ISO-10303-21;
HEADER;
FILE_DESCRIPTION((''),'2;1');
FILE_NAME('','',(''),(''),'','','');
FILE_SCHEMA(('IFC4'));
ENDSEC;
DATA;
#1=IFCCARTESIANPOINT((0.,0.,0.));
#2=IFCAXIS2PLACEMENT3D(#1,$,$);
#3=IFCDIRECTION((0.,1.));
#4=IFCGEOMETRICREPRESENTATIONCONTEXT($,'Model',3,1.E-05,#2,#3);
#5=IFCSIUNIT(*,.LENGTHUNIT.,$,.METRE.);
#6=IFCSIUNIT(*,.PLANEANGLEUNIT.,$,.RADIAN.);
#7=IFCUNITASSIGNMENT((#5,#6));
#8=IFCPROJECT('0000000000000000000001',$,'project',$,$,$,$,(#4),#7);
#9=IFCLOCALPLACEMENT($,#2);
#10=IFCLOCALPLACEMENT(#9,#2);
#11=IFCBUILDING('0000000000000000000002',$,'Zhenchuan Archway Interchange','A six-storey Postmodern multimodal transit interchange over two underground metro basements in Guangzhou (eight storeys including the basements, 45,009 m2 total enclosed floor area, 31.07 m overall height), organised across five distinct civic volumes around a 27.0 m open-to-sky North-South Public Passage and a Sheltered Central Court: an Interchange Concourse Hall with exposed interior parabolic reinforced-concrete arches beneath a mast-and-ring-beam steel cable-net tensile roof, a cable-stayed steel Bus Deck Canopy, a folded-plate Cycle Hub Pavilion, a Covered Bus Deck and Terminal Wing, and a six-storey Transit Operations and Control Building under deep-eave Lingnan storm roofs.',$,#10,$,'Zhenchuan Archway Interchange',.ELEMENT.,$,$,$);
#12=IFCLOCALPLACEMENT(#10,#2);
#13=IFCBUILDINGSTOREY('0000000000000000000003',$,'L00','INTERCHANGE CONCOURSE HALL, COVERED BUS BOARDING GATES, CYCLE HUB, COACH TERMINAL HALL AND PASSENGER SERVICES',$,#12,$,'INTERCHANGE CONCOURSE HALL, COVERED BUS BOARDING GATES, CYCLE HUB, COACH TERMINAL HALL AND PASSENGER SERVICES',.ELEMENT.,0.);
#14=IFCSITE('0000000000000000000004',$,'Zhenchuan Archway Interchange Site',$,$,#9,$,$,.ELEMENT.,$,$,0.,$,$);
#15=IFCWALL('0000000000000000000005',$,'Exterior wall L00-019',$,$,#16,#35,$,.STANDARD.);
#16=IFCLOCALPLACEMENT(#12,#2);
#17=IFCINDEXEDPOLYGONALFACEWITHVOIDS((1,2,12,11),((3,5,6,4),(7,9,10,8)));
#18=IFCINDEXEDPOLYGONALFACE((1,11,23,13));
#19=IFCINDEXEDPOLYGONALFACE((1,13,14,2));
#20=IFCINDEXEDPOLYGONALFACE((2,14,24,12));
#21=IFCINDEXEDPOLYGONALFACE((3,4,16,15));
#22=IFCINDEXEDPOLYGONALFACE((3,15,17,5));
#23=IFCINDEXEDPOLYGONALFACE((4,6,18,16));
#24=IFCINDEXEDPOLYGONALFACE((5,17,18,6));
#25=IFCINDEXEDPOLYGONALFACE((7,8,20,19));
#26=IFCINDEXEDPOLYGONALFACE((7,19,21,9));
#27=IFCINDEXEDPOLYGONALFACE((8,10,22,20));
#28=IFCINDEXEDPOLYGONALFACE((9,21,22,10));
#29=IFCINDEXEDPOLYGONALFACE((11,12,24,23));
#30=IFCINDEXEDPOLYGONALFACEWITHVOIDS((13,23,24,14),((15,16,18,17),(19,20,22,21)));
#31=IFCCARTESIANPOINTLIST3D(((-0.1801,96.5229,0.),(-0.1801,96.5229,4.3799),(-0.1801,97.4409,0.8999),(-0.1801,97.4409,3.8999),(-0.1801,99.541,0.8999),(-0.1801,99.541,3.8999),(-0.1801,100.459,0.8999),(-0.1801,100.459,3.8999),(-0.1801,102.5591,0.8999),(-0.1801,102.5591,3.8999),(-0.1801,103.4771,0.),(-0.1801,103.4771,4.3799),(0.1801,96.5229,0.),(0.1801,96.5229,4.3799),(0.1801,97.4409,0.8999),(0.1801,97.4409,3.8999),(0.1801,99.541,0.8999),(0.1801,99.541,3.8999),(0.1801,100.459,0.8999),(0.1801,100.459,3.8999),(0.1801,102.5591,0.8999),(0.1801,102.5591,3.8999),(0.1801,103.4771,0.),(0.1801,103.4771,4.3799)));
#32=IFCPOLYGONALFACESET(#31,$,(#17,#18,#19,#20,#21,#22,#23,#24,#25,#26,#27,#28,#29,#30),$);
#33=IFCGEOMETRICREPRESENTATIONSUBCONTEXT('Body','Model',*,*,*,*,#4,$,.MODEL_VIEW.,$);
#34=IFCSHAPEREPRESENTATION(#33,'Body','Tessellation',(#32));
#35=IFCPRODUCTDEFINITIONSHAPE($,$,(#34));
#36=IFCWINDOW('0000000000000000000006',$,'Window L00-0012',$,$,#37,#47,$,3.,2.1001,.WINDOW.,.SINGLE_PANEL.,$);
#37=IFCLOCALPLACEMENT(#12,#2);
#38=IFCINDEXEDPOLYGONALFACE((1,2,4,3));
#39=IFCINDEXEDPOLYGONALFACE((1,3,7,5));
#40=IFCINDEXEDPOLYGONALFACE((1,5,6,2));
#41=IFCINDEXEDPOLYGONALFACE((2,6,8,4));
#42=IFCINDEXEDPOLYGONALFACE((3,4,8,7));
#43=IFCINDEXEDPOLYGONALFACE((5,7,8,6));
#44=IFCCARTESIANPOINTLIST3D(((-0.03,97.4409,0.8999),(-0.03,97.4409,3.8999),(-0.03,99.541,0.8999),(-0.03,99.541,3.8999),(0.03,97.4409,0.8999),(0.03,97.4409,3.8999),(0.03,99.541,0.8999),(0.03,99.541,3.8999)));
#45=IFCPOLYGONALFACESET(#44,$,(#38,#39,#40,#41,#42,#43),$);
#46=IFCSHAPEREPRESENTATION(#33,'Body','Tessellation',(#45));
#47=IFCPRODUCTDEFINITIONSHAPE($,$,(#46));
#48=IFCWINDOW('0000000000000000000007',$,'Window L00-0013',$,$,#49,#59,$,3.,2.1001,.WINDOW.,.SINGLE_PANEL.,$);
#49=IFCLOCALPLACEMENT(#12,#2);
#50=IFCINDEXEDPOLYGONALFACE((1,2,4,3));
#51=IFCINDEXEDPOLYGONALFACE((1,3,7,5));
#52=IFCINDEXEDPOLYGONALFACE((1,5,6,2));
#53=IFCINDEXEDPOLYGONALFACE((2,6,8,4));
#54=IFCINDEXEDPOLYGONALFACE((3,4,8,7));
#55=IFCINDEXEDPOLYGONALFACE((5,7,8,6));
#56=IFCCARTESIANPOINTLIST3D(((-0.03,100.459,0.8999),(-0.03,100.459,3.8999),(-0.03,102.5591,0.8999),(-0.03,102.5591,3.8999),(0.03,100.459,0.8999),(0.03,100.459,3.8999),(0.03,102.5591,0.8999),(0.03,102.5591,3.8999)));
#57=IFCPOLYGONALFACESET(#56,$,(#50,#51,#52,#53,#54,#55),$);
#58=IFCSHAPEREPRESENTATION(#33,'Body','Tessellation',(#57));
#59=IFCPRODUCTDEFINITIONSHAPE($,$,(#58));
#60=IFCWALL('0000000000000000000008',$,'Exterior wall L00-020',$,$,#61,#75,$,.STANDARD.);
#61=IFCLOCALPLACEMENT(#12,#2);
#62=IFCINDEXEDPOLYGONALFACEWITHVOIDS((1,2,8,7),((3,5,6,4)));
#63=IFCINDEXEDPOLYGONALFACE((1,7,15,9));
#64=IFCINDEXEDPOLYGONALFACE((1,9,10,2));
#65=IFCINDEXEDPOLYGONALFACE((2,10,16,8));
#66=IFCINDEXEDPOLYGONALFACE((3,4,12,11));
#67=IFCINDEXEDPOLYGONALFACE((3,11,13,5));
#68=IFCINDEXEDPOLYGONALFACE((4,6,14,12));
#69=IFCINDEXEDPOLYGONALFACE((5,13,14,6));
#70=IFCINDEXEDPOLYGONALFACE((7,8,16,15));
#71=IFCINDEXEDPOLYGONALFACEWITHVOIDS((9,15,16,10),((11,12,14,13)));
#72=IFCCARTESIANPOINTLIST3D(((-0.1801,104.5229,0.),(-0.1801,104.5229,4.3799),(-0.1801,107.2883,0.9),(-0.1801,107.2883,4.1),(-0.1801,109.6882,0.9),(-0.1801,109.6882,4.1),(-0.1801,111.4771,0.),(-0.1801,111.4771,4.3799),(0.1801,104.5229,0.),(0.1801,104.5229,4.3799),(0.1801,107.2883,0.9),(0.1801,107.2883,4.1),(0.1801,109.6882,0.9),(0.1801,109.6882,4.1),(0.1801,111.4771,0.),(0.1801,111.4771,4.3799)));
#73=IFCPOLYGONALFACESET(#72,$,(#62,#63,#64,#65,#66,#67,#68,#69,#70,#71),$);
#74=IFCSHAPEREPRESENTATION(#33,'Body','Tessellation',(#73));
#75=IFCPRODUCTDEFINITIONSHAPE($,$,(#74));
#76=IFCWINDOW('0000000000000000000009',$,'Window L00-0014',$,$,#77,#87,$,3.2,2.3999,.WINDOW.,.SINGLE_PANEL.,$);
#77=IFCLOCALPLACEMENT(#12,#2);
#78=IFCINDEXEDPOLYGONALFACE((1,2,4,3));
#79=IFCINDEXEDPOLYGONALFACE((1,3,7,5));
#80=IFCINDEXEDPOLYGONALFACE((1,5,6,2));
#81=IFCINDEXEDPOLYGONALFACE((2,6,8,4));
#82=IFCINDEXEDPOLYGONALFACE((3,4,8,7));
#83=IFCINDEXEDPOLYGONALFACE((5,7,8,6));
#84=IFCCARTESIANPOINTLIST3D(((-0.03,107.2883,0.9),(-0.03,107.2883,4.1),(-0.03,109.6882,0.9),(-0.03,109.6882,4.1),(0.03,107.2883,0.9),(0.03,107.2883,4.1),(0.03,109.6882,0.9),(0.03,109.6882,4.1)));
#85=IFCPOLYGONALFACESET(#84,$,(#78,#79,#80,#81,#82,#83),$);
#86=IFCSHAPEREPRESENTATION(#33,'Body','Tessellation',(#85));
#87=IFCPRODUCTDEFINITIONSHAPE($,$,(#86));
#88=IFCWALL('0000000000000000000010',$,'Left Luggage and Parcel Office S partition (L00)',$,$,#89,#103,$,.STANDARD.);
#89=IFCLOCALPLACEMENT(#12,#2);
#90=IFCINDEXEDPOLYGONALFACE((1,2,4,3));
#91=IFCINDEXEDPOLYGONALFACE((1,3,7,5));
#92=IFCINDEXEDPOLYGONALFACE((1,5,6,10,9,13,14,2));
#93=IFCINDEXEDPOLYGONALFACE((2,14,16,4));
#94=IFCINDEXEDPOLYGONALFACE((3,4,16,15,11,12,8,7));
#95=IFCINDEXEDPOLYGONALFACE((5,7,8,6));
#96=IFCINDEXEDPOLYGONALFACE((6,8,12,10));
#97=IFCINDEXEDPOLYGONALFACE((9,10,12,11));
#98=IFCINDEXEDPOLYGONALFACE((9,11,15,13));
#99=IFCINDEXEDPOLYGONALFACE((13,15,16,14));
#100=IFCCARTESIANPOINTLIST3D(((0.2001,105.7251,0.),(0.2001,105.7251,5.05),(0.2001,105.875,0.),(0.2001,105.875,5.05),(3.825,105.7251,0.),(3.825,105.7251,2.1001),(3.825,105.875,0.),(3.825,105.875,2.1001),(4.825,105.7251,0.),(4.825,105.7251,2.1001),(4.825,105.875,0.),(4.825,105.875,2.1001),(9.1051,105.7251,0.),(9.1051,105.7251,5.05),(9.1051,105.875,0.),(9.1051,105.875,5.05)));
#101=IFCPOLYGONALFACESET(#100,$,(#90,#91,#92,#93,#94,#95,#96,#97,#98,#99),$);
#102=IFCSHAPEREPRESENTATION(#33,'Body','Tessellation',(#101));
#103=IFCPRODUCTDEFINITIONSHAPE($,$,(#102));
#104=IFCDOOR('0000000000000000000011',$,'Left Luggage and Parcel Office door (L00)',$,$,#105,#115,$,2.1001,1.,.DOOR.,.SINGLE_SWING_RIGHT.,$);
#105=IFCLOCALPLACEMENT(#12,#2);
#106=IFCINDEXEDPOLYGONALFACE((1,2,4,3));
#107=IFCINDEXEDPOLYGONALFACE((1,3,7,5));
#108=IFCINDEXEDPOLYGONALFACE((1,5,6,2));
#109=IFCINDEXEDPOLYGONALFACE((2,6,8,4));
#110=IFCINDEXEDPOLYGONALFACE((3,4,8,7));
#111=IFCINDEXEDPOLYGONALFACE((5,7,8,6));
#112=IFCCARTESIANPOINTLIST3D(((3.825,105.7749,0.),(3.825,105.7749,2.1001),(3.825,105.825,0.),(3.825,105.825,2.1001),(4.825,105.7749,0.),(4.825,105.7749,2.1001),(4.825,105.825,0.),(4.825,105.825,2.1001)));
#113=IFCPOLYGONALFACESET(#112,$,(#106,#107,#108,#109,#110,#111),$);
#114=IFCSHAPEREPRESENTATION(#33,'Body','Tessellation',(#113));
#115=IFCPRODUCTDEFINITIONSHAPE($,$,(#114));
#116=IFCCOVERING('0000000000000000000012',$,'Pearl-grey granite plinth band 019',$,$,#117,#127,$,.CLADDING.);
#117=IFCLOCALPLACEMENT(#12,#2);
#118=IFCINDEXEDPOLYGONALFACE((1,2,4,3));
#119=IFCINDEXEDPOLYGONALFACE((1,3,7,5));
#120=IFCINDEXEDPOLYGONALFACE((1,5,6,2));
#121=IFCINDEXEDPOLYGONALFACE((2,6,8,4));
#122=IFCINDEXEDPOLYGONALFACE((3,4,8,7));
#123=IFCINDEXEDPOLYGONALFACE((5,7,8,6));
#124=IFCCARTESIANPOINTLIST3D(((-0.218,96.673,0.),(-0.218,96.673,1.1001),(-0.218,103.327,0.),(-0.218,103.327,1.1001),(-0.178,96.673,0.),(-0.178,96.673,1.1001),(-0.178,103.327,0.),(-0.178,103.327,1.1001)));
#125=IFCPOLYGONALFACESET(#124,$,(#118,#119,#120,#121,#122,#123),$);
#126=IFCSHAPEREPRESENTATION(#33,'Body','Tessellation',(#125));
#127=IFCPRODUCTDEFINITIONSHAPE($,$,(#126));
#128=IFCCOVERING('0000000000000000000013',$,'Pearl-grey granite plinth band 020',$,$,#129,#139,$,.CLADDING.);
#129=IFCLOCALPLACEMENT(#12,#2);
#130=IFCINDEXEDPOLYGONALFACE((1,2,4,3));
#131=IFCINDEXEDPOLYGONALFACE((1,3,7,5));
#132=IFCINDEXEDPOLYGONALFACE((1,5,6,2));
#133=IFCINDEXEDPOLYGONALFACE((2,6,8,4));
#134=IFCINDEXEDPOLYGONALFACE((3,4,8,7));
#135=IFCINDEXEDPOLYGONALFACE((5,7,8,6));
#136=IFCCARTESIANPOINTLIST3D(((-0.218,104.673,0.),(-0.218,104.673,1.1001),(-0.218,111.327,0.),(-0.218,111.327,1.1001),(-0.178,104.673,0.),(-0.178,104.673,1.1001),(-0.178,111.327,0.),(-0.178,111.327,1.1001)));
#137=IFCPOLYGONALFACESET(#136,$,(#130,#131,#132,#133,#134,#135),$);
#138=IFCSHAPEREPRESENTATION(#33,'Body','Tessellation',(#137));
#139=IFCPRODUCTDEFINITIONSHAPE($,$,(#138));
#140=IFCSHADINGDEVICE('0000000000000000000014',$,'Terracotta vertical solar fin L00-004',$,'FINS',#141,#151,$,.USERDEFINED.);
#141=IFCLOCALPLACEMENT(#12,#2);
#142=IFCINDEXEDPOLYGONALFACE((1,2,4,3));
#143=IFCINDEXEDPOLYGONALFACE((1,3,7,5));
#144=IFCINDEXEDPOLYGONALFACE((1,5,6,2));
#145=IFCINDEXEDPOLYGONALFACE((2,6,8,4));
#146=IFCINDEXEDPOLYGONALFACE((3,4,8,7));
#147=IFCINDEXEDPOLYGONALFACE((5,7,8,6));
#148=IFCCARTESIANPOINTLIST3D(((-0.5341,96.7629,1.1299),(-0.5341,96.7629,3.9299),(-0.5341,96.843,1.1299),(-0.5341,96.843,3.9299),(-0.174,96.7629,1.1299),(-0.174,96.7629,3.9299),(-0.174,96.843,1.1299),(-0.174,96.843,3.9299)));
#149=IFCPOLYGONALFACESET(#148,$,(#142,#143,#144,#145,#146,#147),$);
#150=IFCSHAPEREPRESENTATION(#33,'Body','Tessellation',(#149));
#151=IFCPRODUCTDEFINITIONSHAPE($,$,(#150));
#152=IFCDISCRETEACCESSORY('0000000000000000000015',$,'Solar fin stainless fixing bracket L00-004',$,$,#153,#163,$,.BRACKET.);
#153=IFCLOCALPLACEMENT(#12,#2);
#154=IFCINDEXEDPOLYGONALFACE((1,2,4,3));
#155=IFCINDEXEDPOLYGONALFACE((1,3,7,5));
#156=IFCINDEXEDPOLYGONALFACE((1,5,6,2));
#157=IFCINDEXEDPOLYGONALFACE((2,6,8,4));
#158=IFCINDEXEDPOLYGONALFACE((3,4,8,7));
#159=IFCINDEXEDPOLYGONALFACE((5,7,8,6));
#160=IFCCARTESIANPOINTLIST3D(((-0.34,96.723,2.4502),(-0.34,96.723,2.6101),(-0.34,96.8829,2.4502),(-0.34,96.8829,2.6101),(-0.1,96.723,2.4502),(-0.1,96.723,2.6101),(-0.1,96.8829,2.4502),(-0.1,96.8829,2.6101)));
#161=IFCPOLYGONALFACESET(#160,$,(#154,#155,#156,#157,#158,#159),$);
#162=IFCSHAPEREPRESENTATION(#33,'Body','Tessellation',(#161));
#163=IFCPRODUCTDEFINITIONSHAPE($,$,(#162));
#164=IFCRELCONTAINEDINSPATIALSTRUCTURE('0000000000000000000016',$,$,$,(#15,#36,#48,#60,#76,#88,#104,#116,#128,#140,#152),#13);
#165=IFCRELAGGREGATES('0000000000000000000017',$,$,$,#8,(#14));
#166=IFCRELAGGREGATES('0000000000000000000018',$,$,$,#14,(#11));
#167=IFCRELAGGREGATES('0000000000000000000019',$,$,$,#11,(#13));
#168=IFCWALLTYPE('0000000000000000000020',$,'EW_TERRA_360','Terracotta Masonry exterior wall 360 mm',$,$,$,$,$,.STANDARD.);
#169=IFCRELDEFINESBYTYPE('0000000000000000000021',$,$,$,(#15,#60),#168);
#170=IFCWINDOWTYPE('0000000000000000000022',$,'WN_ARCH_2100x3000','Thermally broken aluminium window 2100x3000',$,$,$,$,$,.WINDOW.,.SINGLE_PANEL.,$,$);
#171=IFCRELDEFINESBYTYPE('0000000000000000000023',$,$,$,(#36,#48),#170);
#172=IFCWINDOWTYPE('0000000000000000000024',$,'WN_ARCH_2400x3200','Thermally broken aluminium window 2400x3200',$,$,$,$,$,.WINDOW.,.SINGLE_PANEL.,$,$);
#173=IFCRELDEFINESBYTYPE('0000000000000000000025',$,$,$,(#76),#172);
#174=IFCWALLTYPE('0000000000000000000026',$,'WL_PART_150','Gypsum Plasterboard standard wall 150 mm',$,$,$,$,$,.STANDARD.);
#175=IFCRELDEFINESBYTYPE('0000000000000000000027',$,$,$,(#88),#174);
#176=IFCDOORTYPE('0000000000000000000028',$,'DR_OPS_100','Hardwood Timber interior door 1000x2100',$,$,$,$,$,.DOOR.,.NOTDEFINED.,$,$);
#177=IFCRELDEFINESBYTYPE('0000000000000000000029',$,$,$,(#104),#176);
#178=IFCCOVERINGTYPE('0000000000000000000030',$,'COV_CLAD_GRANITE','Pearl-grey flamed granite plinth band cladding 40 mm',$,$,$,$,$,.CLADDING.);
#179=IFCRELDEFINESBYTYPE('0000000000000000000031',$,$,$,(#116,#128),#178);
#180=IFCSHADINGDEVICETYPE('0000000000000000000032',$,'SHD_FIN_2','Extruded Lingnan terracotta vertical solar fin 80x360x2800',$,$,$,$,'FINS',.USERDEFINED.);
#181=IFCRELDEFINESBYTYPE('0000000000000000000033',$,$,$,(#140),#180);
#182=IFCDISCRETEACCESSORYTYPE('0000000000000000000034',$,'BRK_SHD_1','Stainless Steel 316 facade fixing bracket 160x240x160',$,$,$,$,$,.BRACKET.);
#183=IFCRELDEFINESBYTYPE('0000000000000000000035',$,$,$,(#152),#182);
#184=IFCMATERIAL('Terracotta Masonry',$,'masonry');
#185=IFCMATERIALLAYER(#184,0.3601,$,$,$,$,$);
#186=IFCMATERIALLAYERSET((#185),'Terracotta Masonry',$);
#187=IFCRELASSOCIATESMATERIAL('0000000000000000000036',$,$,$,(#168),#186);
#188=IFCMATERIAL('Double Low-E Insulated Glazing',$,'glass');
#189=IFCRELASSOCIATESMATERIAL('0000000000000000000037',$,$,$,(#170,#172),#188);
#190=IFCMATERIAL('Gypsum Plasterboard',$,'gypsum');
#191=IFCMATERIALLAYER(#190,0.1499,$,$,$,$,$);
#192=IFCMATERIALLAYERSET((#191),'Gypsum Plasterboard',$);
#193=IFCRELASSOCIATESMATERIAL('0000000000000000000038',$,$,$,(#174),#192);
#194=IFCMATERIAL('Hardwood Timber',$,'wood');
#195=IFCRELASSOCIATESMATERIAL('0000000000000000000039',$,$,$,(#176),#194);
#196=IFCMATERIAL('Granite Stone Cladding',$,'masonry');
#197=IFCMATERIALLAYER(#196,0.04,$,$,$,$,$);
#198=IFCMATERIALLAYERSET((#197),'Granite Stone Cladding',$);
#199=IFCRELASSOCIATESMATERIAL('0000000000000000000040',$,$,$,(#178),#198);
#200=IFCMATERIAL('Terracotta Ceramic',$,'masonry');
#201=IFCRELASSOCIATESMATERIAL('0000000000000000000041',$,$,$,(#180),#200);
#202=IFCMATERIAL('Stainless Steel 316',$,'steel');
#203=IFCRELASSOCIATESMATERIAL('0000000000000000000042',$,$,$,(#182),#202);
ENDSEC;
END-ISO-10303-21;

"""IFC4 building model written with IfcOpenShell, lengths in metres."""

from ifc_helpers import new_model, si_unit, direction, frame, frame_2d, origin, origin_2d, place, context, subcontext, project, spatial, rectangle, extrude, material, layer, layer_set, type_object, element, fill, save


model = new_model("IFC4")

# Units and contexts
model_context = context("Model", 3, precision=1e-05, world=origin(), true_north=direction((0.0, 1.0)))
body_context = subcontext(model_context, "Body", "Model", "MODEL_VIEW")
ifc_project = project(units=[si_unit("LENGTHUNIT", "METRE"), si_unit("PLANEANGLEUNIT", "RADIAN")], contexts=[model_context])

# Site, building, storey
site_placement = place(None, origin())
site = spatial("IfcSite", under=ifc_project, at=site_placement, Name="Zhenchuan Archway Interchange Site", CompositionType="ELEMENT", RefElevation=0.0)
building_placement = place(site_placement, origin())
building = spatial("IfcBuilding", under=site, at=building_placement, Name="Zhenchuan Archway Interchange", Description="A six-storey Postmodern multimodal transit interchange over two underground metro basements in Guangzhou (eight storeys including the basements, 45,009 m2 total enclosed floor area, 31.07 m overall height), organised across five distinct civic volumes around a 27.0 m open-to-sky North-South Public Passage and a Sheltered Central Court: an Interchange Concourse Hall with exposed interior parabolic reinforced-concrete arches beneath a mast-and-ring-beam steel cable-net tensile roof, a cable-stayed steel Bus Deck Canopy, a folded-plate Cycle Hub Pavilion, a Covered Bus Deck and Terminal Wing, and a six-storey Transit Operations and Control Building under deep-eave Lingnan storm roofs.", LongName="Zhenchuan Archway Interchange", CompositionType="ELEMENT")
storey_placement = place(building_placement, origin())
storey = spatial("IfcBuildingStorey", under=building, at=storey_placement, Name="L00", Description="INTERCHANGE CONCOURSE HALL, COVERED BUS BOARDING GATES, CYCLE HUB, COACH TERMINAL HALL AND PASSENGER SERVICES", LongName="INTERCHANGE CONCOURSE HALL, COVERED BUS BOARDING GATES, CYCLE HUB, COACH TERMINAL HALL AND PASSENGER SERVICES", CompositionType="ELEMENT", Elevation=0.0)

# Wall, openings, windows
ifc_material_1 = material(Name="Terracotta Masonry", Category="masonry")
ifc_layer_1 = layer(ifc_material_1, 0.3601)
ifc_layer_set_1 = layer_set([ifc_layer_1], Name="Terracotta Masonry")
wall_type_1 = type_object("IfcWallType", Name="EW_TERRA_360", Description="Terracotta Masonry exterior wall 360 mm", PredefinedType="STANDARD", material=ifc_layer_set_1)
wall_1_placement = place(storey_placement, frame((0.0, 96.5229, 0.0), z_axis=(0.0, 0.0, 1.0), x_axis=(0.0, 1.0, 0.0)))
wall_1 = element("IfcWall", 1, at=wall_1_placement, inside=storey, type_object=wall_type_1, Name="Exterior wall L00-019", PredefinedType="STANDARD", context=body_context, shape_type="SweptSolid", body=[
    extrude(rectangle(XDim=6.9541, YDim=0.3601, at=frame_2d((3.4771, 0.0))), origin(), (0.0, 0.0, 1.0), 4.3799),
])
opening_1_placement = place(wall_1_placement, frame((0.918, 0.0, 0.8999)))
opening_1 = element("IfcOpeningElement", 2, at=opening_1_placement, cuts=wall_1, PredefinedType="OPENING", context=body_context, shape_type="SweptSolid", body=[
    extrude(rectangle(XDim=2.1001, YDim=3.0, at=frame_2d((1.05, 1.5))), frame((0.0, 0.1919, 0.0), z_axis=(0.0, -1.0, 0.0), x_axis=(1.0, 0.0, 0.0)), (0.0, 0.0, 1.0), 0.384),
])
opening_2_placement = place(wall_1_placement, frame((3.936, 0.0, 0.8999)))
opening_2 = element("IfcOpeningElement", 3, at=opening_2_placement, cuts=wall_1, PredefinedType="OPENING", context=body_context, shape_type="SweptSolid", body=[
    extrude(rectangle(XDim=2.1001, YDim=3.0, at=frame_2d((1.05, 1.5))), frame((0.0, 0.1919, 0.0), z_axis=(0.0, -1.0, 0.0), x_axis=(1.0, 0.0, 0.0)), (0.0, 0.0, 1.0), 0.384),
])
ifc_material_2 = material(Name="Double Low-E Insulated Glazing", Category="glass")
window_type_1 = type_object("IfcWindowType", Name="WN_ARCH_2100x3000", Description="Thermally broken aluminium window 2100x3000", PartitioningType="SINGLE_PANEL", PredefinedType="WINDOW", material=ifc_material_2)
window_1_placement = place(opening_1_placement, origin())
window_1 = element("IfcWindow", 4, at=window_1_placement, inside=storey, type_object=window_type_1, Name="Window L00-0012", OverallHeight=3.0, OverallWidth=2.1001, PartitioningType="SINGLE_PANEL", PredefinedType="WINDOW", context=body_context, shape_type="SweptSolid", body=[
    extrude(rectangle(XDim=2.1001, YDim=3.0, at=frame_2d((1.05, 1.5))), frame((0.0, 0.03, 0.0), z_axis=(0.0, -1.0, 0.0), x_axis=(1.0, 0.0, 0.0)), (0.0, 0.0, 1.0), 0.0601),
])
fill(opening_1, window_1)
window_2_placement = place(opening_2_placement, origin())
window_2 = element("IfcWindow", 5, at=window_2_placement, inside=storey, type_object=window_type_1, Name="Window L00-0013", OverallHeight=3.0, OverallWidth=2.1001, PartitioningType="SINGLE_PANEL", PredefinedType="WINDOW", context=body_context, shape_type="SweptSolid", body=[
    extrude(rectangle(XDim=2.1001, YDim=3.0, at=frame_2d((1.05, 1.5))), frame((0.0, 0.03, 0.0), z_axis=(0.0, -1.0, 0.0), x_axis=(1.0, 0.0, 0.0)), (0.0, 0.0, 1.0), 0.0601),
])
fill(opening_2, window_2)

# Wall, opening, window
wall_2_placement = place(storey_placement, frame((0.0, 104.5229, 0.0), z_axis=(0.0, 0.0, 1.0), x_axis=(0.0, 1.0, 0.0)))
wall_2 = element("IfcWall", 6, at=wall_2_placement, inside=storey, type_object=wall_type_1, Name="Exterior wall L00-020", PredefinedType="STANDARD", context=body_context, shape_type="SweptSolid", body=[
    extrude(rectangle(XDim=6.9541, YDim=0.3601, at=frame_2d((3.4771, 0.0))), origin(), (0.0, 0.0, 1.0), 4.3799),
])
opening_3_placement = place(wall_2_placement, frame((2.7654, 0.0, 0.8999)))
opening_3 = element("IfcOpeningElement", 7, at=opening_3_placement, cuts=wall_2, PredefinedType="OPENING", context=body_context, shape_type="SweptSolid", body=[
    extrude(rectangle(XDim=2.3999, YDim=3.2, at=frame_2d((1.2, 1.6001))), frame((0.0, 0.1919, 0.0), z_axis=(0.0, -1.0, 0.0), x_axis=(1.0, 0.0, 0.0)), (0.0, 0.0, 1.0), 0.384),
])
window_type_2 = type_object("IfcWindowType", Name="WN_ARCH_2400x3200", Description="Thermally broken aluminium window 2400x3200", PartitioningType="SINGLE_PANEL", PredefinedType="WINDOW", material=ifc_material_2)
window_3_placement = place(opening_3_placement, origin())
window_3 = element("IfcWindow", 8, at=window_3_placement, inside=storey, type_object=window_type_2, Name="Window L00-0014", OverallHeight=3.2, OverallWidth=2.3999, PartitioningType="SINGLE_PANEL", PredefinedType="WINDOW", context=body_context, shape_type="SweptSolid", body=[
    extrude(rectangle(XDim=2.3999, YDim=3.2, at=frame_2d((1.2, 1.6001))), frame((0.0, 0.03, 0.0), z_axis=(0.0, -1.0, 0.0), x_axis=(1.0, 0.0, 0.0)), (0.0, 0.0, 1.0), 0.0601),
])
fill(opening_3, window_3)

# Wall, opening, door
ifc_material_3 = material(Name="Gypsum Plasterboard", Category="gypsum")
ifc_layer_2 = layer(ifc_material_3, 0.1499)
ifc_layer_set_2 = layer_set([ifc_layer_2], Name="Gypsum Plasterboard")
wall_type_2 = type_object("IfcWallType", Name="WL_PART_150", Description="Gypsum Plasterboard standard wall 150 mm", PredefinedType="STANDARD", material=ifc_layer_set_2)
wall_3_placement = place(storey_placement, frame((0.2, 105.8, 0.0), z_axis=(0.0, 0.0, 1.0), x_axis=(1.0, 0.0, 0.0)))
wall_3 = element("IfcWall", 9, at=wall_3_placement, inside=storey, type_object=wall_type_2, Name="Left Luggage and Parcel Office S partition (L00)", PredefinedType="STANDARD", context=body_context, shape_type="SweptSolid", body=[
    extrude(rectangle(XDim=8.905, YDim=0.1499, at=frame_2d((4.4526, 0.0))), origin(), (0.0, 0.0, 1.0), 5.05),
])
opening_4_placement = place(wall_3_placement, frame((3.625, 0.0, 0.0)))
opening_4 = element("IfcOpeningElement", 10, at=opening_4_placement, cuts=wall_3, PredefinedType="OPENING", context=body_context, shape_type="SweptSolid", body=[
    extrude(rectangle(XDim=1.0, YDim=2.1001, at=frame_2d((0.5, 1.05))), frame((0.0, 0.0869, 0.0), z_axis=(0.0, -1.0, 0.0), x_axis=(1.0, 0.0, 0.0)), (0.0, 0.0, 1.0), 0.1738),
])
ifc_material_4 = material(Name="Hardwood Timber", Category="wood")
door_type = type_object("IfcDoorType", Name="DR_OPS_100", Description="Hardwood Timber interior door 1000x2100", OperationType="NOTDEFINED", PredefinedType="DOOR", material=ifc_material_4)
door_placement = place(opening_4_placement, origin())
door = element("IfcDoor", 11, at=door_placement, inside=storey, type_object=door_type, Name="Left Luggage and Parcel Office door (L00)", OperationType="SINGLE_SWING_RIGHT", OverallHeight=2.1001, OverallWidth=1.0, PredefinedType="DOOR", context=body_context, shape_type="SweptSolid", body=[
    extrude(rectangle(XDim=1.0, YDim=2.1001, at=frame_2d((0.5, 1.05))), frame((0.0, 0.0249, 0.0), z_axis=(0.0, -1.0, 0.0), x_axis=(1.0, 0.0, 0.0)), (0.0, 0.0, 1.0), 0.05),
])
fill(opening_4, door)

# Coverings
ifc_material_5 = material(Name="Granite Stone Cladding", Category="masonry")
ifc_layer_3 = layer(ifc_material_5, 0.04)
ifc_layer_set_3 = layer_set([ifc_layer_3], Name="Granite Stone Cladding")
covering_type = type_object("IfcCoveringType", Name="COV_CLAD_GRANITE", Description="Pearl-grey flamed granite plinth band cladding 40 mm", PredefinedType="CLADDING", material=ifc_layer_set_3)
for number, where, z_axis, x_axis, name in (
    (12, (-0.198, 100.0, 0.0), (0.0, 0.0, 1.0), (0.0, 1.0, 0.0), "Pearl-grey granite plinth band 019"),
    (13, (-0.198, 108.0, 0.0), (0.0, 0.0, 1.0), (0.0, 1.0, 0.0), "Pearl-grey granite plinth band 020"),
):
    element("IfcCovering", number, at=place(storey_placement, frame(where, z_axis=z_axis, x_axis=x_axis)), inside=storey, type_object=covering_type, Name=name, PredefinedType="CLADDING", context=body_context, shape_type="SweptSolid", body=[
        extrude(rectangle(XDim=6.6541, YDim=0.04, at=origin_2d()), origin(), (0.0, 0.0, 1.0), 1.1001),
    ])

# Shading device
ifc_material_6 = material(Name="Terracotta Ceramic", Category="masonry")
shading_device_type = type_object("IfcShadingDeviceType", Name="SHD_FIN_2", Description="Extruded Lingnan terracotta vertical solar fin 80x360x2800", ElementType="FINS", PredefinedType="USERDEFINED", material=ifc_material_6)
shading_device_placement = place(storey_placement, frame((-0.354, 96.803, 1.1299), z_axis=(0.0, 0.0, 1.0), x_axis=(0.0, 1.0, 0.0)))
element("IfcShadingDevice", 14, at=shading_device_placement, inside=storey, type_object=shading_device_type, Name="Terracotta vertical solar fin L00-004", ObjectType="FINS", PredefinedType="USERDEFINED", context=body_context, shape_type="SweptSolid", body=[
    extrude(rectangle(XDim=0.0801, YDim=0.3601, at=origin_2d()), origin(), (0.0, 0.0, 1.0), 2.8),
])

# Discrete accessory
ifc_material_7 = material(Name="Stainless Steel 316", Category="steel")
discrete_accessory_type = type_object("IfcDiscreteAccessoryType", Name="BRK_SHD_1", Description="Stainless Steel 316 facade fixing bracket 160x240x160", PredefinedType="BRACKET", material=ifc_material_7)
discrete_accessory_placement = place(storey_placement, frame((-0.22, 96.803, 2.4502), z_axis=(0.0, 0.0, 1.0), x_axis=(0.0, 1.0, 0.0)))
element("IfcDiscreteAccessory", 15, at=discrete_accessory_placement, inside=storey, type_object=discrete_accessory_type, Name="Solar fin stainless fixing bracket L00-004", PredefinedType="BRACKET", context=body_context, shape_type="SweptSolid", body=[
    extrude(rectangle(XDim=0.1599, YDim=0.24, at=origin_2d()), origin(), (0.0, 0.0, 1.0), 0.1599),
])

save(model, "model.ifc")
